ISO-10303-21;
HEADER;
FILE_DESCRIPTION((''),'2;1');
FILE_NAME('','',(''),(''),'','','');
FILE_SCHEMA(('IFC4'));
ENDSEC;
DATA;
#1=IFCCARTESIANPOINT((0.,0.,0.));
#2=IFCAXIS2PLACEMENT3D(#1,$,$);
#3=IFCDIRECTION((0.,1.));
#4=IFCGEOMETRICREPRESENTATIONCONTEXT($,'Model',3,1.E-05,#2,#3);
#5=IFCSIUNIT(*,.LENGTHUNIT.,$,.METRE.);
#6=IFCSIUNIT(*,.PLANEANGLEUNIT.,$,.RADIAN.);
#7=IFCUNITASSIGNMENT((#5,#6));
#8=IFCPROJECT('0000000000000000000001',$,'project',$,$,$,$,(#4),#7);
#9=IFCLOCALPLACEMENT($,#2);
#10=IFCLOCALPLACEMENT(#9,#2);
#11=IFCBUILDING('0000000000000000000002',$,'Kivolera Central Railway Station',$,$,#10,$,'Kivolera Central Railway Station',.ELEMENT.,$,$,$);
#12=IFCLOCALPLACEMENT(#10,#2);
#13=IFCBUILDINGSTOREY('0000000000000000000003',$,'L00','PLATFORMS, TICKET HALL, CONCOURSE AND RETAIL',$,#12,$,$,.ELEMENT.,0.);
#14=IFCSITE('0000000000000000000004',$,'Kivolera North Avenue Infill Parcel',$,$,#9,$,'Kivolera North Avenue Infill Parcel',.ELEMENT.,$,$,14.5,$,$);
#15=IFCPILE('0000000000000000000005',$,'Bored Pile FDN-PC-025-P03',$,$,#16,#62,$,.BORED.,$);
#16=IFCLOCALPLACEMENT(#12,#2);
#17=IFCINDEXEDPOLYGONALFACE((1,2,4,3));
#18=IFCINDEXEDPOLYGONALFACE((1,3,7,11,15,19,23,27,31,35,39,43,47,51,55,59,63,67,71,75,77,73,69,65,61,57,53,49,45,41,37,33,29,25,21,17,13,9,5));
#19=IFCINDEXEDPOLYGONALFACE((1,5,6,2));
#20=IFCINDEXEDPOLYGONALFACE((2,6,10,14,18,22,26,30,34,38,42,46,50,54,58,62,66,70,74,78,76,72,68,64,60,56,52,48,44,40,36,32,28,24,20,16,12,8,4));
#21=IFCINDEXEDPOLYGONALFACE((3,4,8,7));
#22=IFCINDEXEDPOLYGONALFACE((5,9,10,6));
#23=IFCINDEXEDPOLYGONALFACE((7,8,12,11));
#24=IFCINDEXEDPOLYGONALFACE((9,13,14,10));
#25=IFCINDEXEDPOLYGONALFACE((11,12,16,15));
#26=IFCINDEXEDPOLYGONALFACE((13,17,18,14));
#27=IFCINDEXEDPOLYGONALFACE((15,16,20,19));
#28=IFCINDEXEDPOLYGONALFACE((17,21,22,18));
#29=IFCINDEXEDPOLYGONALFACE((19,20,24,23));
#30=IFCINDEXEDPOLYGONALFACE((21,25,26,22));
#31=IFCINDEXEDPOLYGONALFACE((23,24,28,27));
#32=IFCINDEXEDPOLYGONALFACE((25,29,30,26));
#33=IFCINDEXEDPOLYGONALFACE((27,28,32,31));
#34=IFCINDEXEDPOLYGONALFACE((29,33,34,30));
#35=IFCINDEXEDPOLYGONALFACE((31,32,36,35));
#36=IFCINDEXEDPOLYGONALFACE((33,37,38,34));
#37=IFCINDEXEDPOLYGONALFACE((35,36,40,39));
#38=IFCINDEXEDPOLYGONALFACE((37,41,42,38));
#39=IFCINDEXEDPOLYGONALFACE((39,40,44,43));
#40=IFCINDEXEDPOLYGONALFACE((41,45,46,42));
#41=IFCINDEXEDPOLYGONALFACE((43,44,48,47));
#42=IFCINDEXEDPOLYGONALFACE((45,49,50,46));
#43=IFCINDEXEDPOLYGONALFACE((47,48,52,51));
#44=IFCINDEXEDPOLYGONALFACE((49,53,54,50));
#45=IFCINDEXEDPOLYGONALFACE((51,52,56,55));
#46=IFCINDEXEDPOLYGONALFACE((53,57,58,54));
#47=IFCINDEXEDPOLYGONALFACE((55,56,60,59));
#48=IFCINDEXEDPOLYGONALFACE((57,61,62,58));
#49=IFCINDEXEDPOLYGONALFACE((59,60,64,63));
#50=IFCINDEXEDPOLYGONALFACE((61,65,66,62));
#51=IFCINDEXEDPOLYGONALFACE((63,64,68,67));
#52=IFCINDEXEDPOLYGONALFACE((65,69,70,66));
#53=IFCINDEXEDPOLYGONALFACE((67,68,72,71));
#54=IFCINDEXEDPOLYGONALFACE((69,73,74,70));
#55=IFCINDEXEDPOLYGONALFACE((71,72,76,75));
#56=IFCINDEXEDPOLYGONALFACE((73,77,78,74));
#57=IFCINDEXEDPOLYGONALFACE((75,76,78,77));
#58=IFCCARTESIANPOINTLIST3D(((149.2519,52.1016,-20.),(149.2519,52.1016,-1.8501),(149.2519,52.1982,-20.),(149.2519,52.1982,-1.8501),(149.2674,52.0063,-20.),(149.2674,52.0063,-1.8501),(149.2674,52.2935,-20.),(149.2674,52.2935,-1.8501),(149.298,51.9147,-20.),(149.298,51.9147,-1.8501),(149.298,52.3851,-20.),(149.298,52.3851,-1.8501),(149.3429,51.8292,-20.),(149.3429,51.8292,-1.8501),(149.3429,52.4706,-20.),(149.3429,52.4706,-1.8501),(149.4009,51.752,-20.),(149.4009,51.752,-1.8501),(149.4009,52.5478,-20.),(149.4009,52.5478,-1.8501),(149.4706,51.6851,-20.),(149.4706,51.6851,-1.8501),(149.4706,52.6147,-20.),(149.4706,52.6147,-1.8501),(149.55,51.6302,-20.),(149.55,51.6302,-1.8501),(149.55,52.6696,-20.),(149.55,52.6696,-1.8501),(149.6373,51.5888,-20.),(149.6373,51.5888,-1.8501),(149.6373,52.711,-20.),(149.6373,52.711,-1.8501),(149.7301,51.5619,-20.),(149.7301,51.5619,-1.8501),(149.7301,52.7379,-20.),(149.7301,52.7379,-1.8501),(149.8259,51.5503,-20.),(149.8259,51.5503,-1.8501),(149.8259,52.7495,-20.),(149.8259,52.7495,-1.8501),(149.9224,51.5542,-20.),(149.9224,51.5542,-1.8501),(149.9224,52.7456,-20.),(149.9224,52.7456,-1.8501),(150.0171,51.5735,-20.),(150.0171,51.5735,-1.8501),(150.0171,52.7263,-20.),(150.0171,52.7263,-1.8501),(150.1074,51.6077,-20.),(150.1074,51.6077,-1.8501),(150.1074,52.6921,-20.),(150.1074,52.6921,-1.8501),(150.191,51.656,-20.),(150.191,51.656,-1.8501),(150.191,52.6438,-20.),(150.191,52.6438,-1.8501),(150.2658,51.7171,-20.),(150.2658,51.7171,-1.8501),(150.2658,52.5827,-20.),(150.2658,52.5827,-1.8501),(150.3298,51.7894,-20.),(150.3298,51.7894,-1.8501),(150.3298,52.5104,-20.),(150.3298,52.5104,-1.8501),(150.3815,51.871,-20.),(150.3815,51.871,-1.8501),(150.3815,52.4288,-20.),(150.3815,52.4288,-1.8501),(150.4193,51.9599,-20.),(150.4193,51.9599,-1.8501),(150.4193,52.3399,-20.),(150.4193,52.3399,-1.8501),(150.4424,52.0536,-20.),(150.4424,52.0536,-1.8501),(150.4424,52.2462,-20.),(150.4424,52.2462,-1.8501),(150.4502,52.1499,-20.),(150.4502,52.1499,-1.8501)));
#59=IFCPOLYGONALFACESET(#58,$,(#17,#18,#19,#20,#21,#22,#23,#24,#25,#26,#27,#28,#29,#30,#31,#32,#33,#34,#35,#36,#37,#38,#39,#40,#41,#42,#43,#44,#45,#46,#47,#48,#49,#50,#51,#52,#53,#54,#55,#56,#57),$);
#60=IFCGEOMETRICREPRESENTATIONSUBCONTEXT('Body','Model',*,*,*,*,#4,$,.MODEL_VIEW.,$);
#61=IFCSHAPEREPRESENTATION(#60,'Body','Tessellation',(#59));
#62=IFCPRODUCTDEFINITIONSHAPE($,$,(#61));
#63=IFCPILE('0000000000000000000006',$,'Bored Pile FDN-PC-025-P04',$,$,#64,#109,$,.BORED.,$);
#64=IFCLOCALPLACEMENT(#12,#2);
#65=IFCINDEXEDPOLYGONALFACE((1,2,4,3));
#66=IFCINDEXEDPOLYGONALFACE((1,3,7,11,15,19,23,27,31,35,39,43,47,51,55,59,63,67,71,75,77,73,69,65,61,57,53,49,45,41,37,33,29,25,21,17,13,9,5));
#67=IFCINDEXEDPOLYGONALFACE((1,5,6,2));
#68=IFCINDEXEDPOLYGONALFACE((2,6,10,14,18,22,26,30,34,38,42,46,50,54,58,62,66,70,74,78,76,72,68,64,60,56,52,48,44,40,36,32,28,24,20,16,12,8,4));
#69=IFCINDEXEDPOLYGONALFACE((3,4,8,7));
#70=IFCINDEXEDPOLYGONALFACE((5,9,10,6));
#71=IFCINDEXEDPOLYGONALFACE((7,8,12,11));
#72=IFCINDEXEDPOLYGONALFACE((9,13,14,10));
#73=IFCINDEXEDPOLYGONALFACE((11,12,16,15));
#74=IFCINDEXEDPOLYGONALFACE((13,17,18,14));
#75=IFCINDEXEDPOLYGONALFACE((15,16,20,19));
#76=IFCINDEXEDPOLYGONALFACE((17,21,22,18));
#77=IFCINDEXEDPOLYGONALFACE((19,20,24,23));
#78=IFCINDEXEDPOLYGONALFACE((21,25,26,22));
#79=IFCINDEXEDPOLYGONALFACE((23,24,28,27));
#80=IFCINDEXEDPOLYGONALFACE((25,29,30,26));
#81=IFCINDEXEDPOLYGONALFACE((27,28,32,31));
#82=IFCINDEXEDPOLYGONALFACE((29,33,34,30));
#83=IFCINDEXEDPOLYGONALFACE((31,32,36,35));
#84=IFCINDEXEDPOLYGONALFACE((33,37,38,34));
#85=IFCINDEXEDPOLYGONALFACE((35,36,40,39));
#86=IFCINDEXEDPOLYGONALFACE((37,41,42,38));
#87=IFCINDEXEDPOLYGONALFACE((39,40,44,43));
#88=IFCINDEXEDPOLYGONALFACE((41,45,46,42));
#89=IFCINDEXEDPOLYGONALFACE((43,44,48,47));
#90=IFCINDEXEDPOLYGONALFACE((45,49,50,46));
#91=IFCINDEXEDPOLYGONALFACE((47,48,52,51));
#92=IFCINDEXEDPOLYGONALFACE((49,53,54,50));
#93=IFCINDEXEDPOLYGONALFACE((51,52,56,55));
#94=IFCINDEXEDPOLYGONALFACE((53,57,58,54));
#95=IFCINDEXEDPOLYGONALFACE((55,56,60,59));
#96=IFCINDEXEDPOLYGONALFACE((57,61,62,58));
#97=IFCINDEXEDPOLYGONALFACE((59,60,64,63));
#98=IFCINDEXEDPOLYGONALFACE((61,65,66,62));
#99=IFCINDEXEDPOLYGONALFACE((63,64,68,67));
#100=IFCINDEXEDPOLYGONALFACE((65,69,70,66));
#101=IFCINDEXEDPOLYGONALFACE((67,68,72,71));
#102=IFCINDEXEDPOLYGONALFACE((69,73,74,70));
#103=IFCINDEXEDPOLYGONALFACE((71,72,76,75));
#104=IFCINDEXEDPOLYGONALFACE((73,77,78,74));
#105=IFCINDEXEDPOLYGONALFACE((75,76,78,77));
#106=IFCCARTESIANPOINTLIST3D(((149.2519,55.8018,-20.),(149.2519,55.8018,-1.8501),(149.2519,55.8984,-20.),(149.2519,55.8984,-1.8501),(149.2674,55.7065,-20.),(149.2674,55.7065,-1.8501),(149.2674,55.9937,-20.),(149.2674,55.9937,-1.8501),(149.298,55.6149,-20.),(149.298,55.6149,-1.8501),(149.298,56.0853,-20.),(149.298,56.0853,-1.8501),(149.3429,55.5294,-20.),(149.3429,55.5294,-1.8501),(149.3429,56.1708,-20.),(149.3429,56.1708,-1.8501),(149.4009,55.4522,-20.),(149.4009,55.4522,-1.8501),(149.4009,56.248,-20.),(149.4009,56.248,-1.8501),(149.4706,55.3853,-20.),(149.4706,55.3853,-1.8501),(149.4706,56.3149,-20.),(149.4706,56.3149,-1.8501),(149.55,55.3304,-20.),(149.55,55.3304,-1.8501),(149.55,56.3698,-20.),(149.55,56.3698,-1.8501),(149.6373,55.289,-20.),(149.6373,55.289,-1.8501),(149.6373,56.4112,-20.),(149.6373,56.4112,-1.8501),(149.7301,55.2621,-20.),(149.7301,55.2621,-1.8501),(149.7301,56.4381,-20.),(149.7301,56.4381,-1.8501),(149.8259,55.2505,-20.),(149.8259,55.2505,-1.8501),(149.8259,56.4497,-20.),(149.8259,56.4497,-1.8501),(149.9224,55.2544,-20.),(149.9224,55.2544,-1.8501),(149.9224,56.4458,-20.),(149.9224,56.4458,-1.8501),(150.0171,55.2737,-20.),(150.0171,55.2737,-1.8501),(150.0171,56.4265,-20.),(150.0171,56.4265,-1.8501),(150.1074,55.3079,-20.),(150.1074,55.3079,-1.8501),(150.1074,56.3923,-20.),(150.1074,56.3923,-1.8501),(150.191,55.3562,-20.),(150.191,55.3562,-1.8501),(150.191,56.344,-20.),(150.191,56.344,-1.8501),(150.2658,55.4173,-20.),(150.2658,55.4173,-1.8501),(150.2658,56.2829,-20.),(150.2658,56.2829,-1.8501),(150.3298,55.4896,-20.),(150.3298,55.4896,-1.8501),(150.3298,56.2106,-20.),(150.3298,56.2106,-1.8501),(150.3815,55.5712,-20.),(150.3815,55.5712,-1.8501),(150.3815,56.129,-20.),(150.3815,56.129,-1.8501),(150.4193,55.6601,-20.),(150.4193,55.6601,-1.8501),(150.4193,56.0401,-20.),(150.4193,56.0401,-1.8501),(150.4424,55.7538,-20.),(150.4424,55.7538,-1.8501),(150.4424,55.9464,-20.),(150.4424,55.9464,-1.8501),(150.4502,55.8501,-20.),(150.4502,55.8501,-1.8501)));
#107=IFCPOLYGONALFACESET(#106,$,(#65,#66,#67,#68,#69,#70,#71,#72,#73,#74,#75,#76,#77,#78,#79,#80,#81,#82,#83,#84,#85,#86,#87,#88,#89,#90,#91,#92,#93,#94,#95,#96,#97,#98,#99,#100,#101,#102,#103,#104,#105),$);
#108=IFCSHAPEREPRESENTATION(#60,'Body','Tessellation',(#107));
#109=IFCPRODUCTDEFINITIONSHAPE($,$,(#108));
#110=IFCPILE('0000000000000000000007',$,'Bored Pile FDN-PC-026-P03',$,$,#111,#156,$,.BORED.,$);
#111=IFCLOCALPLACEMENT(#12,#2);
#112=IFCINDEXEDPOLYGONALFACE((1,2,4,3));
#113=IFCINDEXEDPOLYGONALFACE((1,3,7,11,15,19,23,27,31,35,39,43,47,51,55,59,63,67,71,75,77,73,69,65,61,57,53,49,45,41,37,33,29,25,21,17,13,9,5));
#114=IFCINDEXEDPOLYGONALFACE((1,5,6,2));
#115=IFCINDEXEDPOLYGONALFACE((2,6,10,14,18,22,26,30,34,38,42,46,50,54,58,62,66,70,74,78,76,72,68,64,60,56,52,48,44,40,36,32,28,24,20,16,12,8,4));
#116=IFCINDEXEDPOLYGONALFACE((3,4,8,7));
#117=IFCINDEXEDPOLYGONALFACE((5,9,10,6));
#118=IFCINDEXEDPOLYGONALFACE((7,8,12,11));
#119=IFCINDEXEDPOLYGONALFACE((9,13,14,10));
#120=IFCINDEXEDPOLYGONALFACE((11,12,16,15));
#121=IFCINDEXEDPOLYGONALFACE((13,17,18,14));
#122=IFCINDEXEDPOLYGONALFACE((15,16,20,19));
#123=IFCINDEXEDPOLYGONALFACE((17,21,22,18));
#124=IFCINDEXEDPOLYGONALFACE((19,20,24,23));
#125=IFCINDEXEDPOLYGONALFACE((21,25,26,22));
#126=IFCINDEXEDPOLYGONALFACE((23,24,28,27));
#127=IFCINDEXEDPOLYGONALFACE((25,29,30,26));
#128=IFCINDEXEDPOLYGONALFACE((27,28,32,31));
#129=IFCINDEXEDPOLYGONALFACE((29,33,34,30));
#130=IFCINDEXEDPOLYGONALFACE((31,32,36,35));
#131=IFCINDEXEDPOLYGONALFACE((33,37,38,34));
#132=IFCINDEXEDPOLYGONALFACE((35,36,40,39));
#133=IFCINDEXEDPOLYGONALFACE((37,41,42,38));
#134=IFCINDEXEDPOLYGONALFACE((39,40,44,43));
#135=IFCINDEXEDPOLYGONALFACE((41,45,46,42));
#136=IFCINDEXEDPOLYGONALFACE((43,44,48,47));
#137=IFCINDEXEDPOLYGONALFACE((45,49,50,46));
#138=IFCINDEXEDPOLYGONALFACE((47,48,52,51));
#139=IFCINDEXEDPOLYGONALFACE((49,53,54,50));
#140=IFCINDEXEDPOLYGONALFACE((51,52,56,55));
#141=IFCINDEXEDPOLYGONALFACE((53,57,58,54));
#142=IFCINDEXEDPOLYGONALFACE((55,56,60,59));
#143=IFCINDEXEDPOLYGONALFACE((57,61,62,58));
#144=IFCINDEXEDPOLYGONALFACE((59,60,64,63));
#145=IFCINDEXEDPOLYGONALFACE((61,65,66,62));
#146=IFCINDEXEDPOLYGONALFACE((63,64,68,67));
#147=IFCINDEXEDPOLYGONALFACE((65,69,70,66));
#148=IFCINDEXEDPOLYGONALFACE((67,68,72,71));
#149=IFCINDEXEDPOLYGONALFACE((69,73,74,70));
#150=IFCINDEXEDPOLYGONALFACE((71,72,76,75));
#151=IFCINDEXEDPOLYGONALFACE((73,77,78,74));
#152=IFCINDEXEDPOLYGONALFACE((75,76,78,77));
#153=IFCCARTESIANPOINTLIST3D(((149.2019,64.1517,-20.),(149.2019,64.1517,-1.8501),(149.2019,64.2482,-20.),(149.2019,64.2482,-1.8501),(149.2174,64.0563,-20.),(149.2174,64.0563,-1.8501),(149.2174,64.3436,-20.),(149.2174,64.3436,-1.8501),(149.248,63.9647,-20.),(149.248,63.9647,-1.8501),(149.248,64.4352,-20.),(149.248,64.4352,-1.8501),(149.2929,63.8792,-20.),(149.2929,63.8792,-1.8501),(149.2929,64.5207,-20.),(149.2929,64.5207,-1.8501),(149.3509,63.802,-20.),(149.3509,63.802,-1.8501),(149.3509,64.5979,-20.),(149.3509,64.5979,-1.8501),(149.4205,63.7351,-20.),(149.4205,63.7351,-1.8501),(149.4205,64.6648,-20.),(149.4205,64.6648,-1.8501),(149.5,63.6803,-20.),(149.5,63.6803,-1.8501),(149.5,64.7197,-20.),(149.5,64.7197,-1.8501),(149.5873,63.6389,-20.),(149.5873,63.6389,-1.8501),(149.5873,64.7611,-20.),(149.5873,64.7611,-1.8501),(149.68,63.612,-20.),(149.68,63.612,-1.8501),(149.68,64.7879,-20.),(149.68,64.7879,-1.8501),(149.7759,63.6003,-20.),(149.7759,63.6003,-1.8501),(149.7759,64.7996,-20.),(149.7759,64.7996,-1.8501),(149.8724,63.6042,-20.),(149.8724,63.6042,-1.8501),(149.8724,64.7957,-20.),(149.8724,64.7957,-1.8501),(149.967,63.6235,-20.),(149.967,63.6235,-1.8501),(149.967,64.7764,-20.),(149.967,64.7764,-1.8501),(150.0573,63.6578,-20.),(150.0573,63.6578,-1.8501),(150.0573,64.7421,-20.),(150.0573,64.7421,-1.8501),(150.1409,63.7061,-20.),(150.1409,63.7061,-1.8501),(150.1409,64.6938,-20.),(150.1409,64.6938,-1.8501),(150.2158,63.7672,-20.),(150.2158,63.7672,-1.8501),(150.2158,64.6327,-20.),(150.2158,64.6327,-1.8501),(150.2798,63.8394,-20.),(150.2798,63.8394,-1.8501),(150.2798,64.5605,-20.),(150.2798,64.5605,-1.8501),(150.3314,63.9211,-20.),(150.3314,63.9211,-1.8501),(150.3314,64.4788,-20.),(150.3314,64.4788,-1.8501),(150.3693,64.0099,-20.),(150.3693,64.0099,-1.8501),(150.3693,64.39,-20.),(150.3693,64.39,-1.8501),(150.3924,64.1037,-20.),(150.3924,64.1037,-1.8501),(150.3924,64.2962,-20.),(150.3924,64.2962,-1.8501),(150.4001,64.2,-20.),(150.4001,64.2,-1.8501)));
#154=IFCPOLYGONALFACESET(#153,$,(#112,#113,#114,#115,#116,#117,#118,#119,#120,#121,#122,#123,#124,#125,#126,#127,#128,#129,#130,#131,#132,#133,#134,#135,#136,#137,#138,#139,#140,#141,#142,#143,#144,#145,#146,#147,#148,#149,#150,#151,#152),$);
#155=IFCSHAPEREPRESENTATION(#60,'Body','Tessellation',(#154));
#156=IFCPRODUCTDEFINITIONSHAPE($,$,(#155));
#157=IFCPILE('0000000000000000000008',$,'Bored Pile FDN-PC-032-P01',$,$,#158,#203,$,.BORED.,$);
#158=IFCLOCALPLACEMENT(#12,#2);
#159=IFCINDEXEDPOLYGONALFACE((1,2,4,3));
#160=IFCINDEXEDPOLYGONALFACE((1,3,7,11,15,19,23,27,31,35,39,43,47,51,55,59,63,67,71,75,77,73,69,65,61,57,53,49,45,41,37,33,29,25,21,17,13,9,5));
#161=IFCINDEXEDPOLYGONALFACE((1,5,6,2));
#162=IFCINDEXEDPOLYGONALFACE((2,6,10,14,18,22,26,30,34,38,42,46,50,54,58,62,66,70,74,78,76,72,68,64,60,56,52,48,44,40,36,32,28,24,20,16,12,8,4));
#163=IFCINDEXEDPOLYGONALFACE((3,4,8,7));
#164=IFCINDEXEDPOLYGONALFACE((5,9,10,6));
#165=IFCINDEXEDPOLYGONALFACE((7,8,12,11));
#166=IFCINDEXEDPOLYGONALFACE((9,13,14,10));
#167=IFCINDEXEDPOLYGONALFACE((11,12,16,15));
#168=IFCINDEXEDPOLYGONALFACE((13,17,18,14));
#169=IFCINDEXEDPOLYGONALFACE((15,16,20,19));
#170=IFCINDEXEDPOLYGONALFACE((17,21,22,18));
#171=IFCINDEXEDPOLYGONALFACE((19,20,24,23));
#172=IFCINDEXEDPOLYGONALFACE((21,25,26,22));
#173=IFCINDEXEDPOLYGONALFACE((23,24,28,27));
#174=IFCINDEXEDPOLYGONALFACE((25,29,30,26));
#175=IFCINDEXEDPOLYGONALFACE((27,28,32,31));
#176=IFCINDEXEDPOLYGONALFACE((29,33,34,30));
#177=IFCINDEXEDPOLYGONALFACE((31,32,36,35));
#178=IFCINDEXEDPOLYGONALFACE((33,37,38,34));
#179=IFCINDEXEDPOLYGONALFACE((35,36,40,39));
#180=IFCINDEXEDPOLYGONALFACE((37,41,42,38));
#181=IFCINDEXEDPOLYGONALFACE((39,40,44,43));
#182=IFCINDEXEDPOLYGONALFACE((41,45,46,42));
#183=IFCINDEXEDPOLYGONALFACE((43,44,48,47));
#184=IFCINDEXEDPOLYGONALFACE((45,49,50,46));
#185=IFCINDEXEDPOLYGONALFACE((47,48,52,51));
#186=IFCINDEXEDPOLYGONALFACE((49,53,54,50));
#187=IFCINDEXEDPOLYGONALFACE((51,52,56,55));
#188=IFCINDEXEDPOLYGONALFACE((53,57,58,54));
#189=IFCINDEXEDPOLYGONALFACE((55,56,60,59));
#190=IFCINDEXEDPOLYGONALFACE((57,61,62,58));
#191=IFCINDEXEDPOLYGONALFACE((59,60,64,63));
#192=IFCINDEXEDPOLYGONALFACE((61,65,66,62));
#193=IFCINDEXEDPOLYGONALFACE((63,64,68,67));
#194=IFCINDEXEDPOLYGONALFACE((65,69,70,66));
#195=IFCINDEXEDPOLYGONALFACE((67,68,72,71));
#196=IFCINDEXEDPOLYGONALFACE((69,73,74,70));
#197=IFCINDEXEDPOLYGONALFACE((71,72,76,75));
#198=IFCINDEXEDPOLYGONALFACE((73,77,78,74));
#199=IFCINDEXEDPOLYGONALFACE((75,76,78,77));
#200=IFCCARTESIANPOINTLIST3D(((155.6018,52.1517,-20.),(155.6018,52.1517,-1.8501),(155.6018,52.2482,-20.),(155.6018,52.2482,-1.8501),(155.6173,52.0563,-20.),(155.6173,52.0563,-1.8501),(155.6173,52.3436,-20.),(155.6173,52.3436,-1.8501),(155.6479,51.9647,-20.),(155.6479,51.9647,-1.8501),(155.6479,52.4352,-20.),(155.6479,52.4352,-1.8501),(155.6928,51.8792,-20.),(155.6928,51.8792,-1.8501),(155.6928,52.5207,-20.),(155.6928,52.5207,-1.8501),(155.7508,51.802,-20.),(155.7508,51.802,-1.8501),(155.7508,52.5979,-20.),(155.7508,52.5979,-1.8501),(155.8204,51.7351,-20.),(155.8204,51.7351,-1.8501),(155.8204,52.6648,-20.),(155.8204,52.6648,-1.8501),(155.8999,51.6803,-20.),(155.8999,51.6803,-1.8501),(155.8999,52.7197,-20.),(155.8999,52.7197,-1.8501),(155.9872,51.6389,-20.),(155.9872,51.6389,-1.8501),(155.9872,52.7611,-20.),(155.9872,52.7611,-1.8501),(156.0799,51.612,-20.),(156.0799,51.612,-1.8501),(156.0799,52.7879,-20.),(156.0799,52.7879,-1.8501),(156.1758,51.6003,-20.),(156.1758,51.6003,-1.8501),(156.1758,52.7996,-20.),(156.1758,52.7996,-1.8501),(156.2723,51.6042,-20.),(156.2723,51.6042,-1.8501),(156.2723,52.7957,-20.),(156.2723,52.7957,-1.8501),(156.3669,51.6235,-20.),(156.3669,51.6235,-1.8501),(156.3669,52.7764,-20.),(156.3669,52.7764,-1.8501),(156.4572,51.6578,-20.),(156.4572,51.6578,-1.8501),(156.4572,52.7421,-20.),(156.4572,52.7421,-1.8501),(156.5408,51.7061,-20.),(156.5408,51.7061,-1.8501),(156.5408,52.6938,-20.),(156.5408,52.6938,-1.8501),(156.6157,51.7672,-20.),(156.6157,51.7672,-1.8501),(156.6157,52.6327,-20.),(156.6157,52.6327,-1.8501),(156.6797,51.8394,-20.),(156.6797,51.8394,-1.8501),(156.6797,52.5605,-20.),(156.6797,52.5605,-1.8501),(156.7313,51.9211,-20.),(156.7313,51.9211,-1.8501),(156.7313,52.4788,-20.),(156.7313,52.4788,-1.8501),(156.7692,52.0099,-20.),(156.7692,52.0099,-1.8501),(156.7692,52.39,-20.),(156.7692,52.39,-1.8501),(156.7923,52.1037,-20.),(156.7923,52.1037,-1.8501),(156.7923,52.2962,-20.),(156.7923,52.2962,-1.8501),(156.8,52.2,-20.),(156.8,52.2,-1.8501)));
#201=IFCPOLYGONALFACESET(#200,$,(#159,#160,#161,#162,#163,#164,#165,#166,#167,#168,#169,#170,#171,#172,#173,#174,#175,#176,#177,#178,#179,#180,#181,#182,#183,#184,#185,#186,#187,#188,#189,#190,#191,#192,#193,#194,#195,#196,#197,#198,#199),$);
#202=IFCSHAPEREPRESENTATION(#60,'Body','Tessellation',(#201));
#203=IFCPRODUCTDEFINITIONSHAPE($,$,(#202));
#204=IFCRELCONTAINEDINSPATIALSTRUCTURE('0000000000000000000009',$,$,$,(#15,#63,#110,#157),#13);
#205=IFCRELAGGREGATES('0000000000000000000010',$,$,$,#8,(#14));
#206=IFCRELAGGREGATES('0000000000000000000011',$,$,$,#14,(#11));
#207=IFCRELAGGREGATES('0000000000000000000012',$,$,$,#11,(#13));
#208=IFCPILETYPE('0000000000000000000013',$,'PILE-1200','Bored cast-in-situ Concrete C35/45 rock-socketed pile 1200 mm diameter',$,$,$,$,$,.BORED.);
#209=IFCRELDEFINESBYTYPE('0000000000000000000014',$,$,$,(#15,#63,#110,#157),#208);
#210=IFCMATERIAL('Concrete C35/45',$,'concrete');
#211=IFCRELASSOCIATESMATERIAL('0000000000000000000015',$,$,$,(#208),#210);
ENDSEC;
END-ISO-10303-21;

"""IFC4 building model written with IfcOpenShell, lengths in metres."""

from ifc_helpers import new_model, si_unit, direction, frame, origin, origin_2d, place, context, subcontext, project, spatial, circle, extrude, material, material_profile, profile_set, type_object, element, save


model = new_model("IFC4")

# Units and contexts
model_context = context("Model", 3, precision=1e-05, world=origin(), true_north=direction((0.0, 1.0)))
body_context = subcontext(model_context, "Body", "Model", "MODEL_VIEW")
ifc_project = project(units=[si_unit("LENGTHUNIT", "METRE"), si_unit("PLANEANGLEUNIT", "RADIAN")], contexts=[model_context])

# Site, building, storey
site_placement = place(None, origin())
site = spatial("IfcSite", under=ifc_project, at=site_placement, Name="Kivolera North Avenue Infill Parcel", LongName="Kivolera North Avenue Infill Parcel", CompositionType="ELEMENT", RefElevation=14.5)
building_placement = place(site_placement, origin())
building = spatial("IfcBuilding", under=site, at=building_placement, Name="Kivolera Central Railway Station", LongName="Kivolera Central Railway Station", CompositionType="ELEMENT")
storey_placement = place(building_placement, origin())
storey = spatial("IfcBuildingStorey", under=building, at=storey_placement, Name="L00", Description="PLATFORMS, TICKET HALL, CONCOURSE AND RETAIL", CompositionType="ELEMENT", Elevation=0.0)

# Shared definitions
ifc_material_1 = material(Name="Concrete C35/45", Category="concrete")

# Piles
ifc_material_profile_1 = material_profile(ifc_material_1, circle(Radius=0.6001, at=origin_2d()), Name="PILE D1200")
ifc_profile_set_1 = profile_set([ifc_material_profile_1], Name="Concrete C35/45")
pile_type_1 = type_object("IfcPileType", Name="PILE-1200", Description="Bored cast-in-situ Concrete C35/45 rock-socketed pile 1200 mm diameter", PredefinedType="BORED", material=ifc_profile_set_1)
for number, where, z_axis, x_axis, name in (
    (1, (149.8501, 52.1499, -1.8501), (0.0, 0.0, -1.0), (1.0, 0.0, 0.0), "Bored Pile FDN-PC-025-P03"),
    (2, (149.8501, 55.8501, -1.8501), (0.0, 0.0, -1.0), (1.0, 0.0, 0.0), "Bored Pile FDN-PC-025-P04"),
    (3, (149.8, 64.2, -1.8501), (0.0, 0.0, -1.0), (1.0, 0.0, 0.0), "Bored Pile FDN-PC-026-P03"),
    (4, (156.2, 52.2, -1.8501), (0.0, 0.0, -1.0), (1.0, 0.0, 0.0), "Bored Pile FDN-PC-032-P01"),
):
    element("IfcPile", number, at=place(storey_placement, frame(where, z_axis=z_axis, x_axis=x_axis)), inside=storey, type_object=pile_type_1, Name=name, PredefinedType="BORED", context=body_context, shape_type="SweptSolid", body=[
        extrude(circle(Radius=0.6001, at=origin_2d()), origin(), (0.0, 0.0, 1.0), 18.1499),
    ])

save(model, "model.ifc")
